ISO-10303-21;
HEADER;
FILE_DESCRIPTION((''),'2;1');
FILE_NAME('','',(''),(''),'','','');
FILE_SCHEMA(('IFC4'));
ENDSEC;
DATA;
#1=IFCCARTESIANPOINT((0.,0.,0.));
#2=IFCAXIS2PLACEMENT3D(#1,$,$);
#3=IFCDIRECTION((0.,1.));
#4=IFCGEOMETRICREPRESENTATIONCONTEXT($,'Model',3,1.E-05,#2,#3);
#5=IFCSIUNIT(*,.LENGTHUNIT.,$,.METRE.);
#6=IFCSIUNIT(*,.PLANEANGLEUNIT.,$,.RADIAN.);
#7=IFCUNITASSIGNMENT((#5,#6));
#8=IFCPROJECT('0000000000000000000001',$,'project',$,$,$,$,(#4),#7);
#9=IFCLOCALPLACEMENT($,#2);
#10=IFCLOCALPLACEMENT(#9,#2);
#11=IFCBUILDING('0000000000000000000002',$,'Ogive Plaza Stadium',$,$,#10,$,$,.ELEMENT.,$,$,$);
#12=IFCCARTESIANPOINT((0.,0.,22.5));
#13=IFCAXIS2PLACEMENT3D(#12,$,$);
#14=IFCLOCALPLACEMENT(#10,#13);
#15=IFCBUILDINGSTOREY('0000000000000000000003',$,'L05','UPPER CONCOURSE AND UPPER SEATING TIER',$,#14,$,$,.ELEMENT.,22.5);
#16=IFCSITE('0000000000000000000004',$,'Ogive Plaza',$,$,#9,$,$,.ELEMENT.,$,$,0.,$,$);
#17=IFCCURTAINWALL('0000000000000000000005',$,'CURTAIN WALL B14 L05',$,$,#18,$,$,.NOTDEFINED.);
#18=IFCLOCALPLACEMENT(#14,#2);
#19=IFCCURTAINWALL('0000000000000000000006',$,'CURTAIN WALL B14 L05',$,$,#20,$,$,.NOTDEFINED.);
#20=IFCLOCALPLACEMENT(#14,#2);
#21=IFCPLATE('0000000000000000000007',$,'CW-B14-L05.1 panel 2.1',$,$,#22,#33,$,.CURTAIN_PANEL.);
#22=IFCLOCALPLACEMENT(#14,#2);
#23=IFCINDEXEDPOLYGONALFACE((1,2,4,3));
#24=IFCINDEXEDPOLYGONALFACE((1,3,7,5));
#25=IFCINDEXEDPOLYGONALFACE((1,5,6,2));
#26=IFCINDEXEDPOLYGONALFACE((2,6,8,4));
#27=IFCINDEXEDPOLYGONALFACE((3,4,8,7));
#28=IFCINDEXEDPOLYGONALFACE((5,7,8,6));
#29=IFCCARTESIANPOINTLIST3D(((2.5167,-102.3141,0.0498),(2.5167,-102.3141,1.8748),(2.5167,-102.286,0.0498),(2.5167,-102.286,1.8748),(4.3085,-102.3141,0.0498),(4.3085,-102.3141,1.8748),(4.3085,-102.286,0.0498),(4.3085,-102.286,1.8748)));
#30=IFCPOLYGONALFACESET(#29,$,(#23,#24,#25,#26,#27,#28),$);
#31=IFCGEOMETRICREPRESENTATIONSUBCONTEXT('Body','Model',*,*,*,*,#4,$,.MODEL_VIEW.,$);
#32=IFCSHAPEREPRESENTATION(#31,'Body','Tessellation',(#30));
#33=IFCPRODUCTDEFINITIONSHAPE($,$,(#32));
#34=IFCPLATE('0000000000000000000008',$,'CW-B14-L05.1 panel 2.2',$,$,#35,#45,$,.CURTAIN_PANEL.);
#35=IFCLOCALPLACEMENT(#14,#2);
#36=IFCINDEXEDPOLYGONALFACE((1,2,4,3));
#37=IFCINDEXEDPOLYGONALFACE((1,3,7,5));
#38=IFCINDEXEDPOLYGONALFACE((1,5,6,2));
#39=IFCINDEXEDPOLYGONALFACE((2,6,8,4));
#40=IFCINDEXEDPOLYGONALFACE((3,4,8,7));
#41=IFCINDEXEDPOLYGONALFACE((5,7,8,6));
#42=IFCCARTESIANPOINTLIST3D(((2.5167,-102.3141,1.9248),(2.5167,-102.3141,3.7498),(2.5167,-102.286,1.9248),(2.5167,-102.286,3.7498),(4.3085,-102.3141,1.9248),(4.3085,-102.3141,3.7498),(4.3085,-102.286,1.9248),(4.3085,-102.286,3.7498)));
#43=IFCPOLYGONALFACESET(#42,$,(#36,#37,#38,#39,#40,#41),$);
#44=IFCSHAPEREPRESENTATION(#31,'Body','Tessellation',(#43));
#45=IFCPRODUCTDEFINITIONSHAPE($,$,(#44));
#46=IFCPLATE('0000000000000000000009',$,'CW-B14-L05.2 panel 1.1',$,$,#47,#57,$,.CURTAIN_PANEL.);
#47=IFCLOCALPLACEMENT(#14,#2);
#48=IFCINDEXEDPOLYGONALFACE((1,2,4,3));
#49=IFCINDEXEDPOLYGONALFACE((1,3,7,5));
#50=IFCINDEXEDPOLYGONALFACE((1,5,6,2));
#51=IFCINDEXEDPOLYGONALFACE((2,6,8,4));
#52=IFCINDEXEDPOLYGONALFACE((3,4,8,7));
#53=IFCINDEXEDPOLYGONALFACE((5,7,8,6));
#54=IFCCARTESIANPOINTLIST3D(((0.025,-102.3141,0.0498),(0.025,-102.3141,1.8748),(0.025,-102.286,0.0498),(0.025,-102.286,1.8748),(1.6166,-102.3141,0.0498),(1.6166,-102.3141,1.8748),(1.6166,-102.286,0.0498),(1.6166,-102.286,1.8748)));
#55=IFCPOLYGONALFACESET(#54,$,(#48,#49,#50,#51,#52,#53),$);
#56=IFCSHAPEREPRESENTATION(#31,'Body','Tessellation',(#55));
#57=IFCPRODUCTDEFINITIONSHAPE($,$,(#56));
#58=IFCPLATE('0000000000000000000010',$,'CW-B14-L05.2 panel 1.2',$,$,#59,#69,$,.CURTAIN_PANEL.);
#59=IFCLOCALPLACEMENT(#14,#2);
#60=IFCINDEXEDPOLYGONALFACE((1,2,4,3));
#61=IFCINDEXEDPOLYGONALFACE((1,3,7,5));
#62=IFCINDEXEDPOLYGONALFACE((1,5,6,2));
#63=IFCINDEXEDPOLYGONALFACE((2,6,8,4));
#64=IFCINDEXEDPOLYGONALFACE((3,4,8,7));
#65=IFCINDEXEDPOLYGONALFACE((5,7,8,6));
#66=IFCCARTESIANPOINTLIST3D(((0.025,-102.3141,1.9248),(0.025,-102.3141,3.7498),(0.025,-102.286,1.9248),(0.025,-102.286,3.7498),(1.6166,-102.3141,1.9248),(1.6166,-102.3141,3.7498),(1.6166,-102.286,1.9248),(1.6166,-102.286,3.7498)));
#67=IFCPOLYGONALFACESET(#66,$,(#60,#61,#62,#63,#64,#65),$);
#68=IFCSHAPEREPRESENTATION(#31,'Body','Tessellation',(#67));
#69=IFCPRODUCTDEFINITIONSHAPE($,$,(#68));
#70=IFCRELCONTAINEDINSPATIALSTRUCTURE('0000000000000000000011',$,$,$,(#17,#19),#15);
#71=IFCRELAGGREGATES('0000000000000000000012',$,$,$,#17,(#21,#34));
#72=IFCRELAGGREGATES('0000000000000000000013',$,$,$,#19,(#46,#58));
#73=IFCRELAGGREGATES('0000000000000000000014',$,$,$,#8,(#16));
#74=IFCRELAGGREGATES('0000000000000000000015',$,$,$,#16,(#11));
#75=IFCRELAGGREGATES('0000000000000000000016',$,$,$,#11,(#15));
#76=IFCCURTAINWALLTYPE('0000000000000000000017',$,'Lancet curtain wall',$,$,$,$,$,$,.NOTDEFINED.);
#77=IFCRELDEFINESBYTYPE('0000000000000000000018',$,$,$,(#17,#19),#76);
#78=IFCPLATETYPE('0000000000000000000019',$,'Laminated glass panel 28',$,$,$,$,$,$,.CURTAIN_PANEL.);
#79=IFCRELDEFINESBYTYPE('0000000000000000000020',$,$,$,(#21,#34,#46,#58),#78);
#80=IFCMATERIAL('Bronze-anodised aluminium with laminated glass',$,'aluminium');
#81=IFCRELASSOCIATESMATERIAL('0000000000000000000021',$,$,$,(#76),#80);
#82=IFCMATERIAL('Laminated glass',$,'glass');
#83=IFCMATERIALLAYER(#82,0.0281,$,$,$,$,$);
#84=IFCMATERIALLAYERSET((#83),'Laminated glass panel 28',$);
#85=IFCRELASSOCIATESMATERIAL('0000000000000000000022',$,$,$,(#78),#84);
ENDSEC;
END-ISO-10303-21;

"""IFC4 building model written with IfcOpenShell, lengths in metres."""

from ifc_helpers import new_model, si_unit, direction, frame, origin, origin_2d, place, context, subcontext, project, spatial, rectangle, extrude, material, layer, layer_set, type_object, element, aggregate, save


model = new_model("IFC4")

# Units and contexts
model_context = context("Model", 3, precision=1e-05, world=origin(), true_north=direction((0.0, 1.0)))
body_context = subcontext(model_context, "Body", "Model", "MODEL_VIEW")
ifc_project = project(units=[si_unit("LENGTHUNIT", "METRE"), si_unit("PLANEANGLEUNIT", "RADIAN")], contexts=[model_context])

# Site, building, storey
site_placement = place(None, origin())
site = spatial("IfcSite", under=ifc_project, at=site_placement, Name="Ogive Plaza", CompositionType="ELEMENT", RefElevation=0.0)
building_placement = place(site_placement, origin())
building = spatial("IfcBuilding", under=site, at=building_placement, Name="Ogive Plaza Stadium", CompositionType="ELEMENT")
storey_placement = place(building_placement, frame((0.0, 0.0, 22.5)))
storey = spatial("IfcBuildingStorey", under=building, at=storey_placement, Name="L05", Description="UPPER CONCOURSE AND UPPER SEATING TIER", CompositionType="ELEMENT", Elevation=22.5)

# Curtain wall
ifc_material_1 = material(Name="Bronze-anodised aluminium with laminated glass", Category="aluminium")
curtain_wall_type = type_object("IfcCurtainWallType", Name="Lancet curtain wall", PredefinedType="NOTDEFINED", material=ifc_material_1)
curtain_wall_1_placement = place(storey_placement, origin())
curtain_wall_1 = element("IfcCurtainWall", 1, at=curtain_wall_1_placement, inside=storey, type_object=curtain_wall_type, Name="CURTAIN WALL B14 L05", PredefinedType="NOTDEFINED")

# Curtain wall
curtain_wall_2_placement = place(storey_placement, origin())
curtain_wall_2 = element("IfcCurtainWall", 2, at=curtain_wall_2_placement, inside=storey, type_object=curtain_wall_type, Name="CURTAIN WALL B14 L05", PredefinedType="NOTDEFINED")

# Plates
ifc_material_2 = material(Name="Laminated glass", Category="glass")
ifc_layer = layer(ifc_material_2, 0.0281)
ifc_layer_set = layer_set([ifc_layer], Name="Laminated glass panel 28")
plate_type = type_object("IfcPlateType", Name="Laminated glass panel 28", PredefinedType="CURTAIN_PANEL", material=ifc_layer_set)
plate_1_placement = place(storey_placement, frame((3.4126, -102.3, 0.0498), z_axis=(0.0, 0.0, 1.0), x_axis=(-1.0, 0.0, 0.0)))
plate_1 = element("IfcPlate", 3, at=plate_1_placement, type_object=plate_type, Name="CW-B14-L05.1 panel 2.1", PredefinedType="CURTAIN_PANEL", context=body_context, shape_type="SweptSolid", body=[
    extrude(rectangle(XDim=1.7917, YDim=0.0281, at=origin_2d()), origin(), (0.0, 0.0, 1.0), 1.825),
])
plate_2_placement = place(storey_placement, frame((3.4126, -102.3, 1.9248), z_axis=(0.0, 0.0, 1.0), x_axis=(-1.0, 0.0, 0.0)))
plate_2 = element("IfcPlate", 4, at=plate_2_placement, type_object=plate_type, Name="CW-B14-L05.1 panel 2.2", PredefinedType="CURTAIN_PANEL", context=body_context, shape_type="SweptSolid", body=[
    extrude(rectangle(XDim=1.7917, YDim=0.0281, at=origin_2d()), origin(), (0.0, 0.0, 1.0), 1.825),
])
aggregate(curtain_wall_1, [plate_1, plate_2])
plate_3_placement = place(storey_placement, frame((0.8208, -102.3, 0.0498), z_axis=(0.0, 0.0, 1.0), x_axis=(-1.0, 0.0, 0.0)))
plate_3 = element("IfcPlate", 5, at=plate_3_placement, type_object=plate_type, Name="CW-B14-L05.2 panel 1.1", PredefinedType="CURTAIN_PANEL", context=body_context, shape_type="SweptSolid", body=[
    extrude(rectangle(XDim=1.5916, YDim=0.0281, at=origin_2d()), origin(), (0.0, 0.0, 1.0), 1.825),
])
plate_4_placement = place(storey_placement, frame((0.8208, -102.3, 1.9248), z_axis=(0.0, 0.0, 1.0), x_axis=(-1.0, 0.0, 0.0)))
plate_4 = element("IfcPlate", 6, at=plate_4_placement, type_object=plate_type, Name="CW-B14-L05.2 panel 1.2", PredefinedType="CURTAIN_PANEL", context=body_context, shape_type="SweptSolid", body=[
    extrude(rectangle(XDim=1.5916, YDim=0.0281, at=origin_2d()), origin(), (0.0, 0.0, 1.0), 1.825),
])
aggregate(curtain_wall_2, [plate_3, plate_4])

save(model, "model.ifc")
